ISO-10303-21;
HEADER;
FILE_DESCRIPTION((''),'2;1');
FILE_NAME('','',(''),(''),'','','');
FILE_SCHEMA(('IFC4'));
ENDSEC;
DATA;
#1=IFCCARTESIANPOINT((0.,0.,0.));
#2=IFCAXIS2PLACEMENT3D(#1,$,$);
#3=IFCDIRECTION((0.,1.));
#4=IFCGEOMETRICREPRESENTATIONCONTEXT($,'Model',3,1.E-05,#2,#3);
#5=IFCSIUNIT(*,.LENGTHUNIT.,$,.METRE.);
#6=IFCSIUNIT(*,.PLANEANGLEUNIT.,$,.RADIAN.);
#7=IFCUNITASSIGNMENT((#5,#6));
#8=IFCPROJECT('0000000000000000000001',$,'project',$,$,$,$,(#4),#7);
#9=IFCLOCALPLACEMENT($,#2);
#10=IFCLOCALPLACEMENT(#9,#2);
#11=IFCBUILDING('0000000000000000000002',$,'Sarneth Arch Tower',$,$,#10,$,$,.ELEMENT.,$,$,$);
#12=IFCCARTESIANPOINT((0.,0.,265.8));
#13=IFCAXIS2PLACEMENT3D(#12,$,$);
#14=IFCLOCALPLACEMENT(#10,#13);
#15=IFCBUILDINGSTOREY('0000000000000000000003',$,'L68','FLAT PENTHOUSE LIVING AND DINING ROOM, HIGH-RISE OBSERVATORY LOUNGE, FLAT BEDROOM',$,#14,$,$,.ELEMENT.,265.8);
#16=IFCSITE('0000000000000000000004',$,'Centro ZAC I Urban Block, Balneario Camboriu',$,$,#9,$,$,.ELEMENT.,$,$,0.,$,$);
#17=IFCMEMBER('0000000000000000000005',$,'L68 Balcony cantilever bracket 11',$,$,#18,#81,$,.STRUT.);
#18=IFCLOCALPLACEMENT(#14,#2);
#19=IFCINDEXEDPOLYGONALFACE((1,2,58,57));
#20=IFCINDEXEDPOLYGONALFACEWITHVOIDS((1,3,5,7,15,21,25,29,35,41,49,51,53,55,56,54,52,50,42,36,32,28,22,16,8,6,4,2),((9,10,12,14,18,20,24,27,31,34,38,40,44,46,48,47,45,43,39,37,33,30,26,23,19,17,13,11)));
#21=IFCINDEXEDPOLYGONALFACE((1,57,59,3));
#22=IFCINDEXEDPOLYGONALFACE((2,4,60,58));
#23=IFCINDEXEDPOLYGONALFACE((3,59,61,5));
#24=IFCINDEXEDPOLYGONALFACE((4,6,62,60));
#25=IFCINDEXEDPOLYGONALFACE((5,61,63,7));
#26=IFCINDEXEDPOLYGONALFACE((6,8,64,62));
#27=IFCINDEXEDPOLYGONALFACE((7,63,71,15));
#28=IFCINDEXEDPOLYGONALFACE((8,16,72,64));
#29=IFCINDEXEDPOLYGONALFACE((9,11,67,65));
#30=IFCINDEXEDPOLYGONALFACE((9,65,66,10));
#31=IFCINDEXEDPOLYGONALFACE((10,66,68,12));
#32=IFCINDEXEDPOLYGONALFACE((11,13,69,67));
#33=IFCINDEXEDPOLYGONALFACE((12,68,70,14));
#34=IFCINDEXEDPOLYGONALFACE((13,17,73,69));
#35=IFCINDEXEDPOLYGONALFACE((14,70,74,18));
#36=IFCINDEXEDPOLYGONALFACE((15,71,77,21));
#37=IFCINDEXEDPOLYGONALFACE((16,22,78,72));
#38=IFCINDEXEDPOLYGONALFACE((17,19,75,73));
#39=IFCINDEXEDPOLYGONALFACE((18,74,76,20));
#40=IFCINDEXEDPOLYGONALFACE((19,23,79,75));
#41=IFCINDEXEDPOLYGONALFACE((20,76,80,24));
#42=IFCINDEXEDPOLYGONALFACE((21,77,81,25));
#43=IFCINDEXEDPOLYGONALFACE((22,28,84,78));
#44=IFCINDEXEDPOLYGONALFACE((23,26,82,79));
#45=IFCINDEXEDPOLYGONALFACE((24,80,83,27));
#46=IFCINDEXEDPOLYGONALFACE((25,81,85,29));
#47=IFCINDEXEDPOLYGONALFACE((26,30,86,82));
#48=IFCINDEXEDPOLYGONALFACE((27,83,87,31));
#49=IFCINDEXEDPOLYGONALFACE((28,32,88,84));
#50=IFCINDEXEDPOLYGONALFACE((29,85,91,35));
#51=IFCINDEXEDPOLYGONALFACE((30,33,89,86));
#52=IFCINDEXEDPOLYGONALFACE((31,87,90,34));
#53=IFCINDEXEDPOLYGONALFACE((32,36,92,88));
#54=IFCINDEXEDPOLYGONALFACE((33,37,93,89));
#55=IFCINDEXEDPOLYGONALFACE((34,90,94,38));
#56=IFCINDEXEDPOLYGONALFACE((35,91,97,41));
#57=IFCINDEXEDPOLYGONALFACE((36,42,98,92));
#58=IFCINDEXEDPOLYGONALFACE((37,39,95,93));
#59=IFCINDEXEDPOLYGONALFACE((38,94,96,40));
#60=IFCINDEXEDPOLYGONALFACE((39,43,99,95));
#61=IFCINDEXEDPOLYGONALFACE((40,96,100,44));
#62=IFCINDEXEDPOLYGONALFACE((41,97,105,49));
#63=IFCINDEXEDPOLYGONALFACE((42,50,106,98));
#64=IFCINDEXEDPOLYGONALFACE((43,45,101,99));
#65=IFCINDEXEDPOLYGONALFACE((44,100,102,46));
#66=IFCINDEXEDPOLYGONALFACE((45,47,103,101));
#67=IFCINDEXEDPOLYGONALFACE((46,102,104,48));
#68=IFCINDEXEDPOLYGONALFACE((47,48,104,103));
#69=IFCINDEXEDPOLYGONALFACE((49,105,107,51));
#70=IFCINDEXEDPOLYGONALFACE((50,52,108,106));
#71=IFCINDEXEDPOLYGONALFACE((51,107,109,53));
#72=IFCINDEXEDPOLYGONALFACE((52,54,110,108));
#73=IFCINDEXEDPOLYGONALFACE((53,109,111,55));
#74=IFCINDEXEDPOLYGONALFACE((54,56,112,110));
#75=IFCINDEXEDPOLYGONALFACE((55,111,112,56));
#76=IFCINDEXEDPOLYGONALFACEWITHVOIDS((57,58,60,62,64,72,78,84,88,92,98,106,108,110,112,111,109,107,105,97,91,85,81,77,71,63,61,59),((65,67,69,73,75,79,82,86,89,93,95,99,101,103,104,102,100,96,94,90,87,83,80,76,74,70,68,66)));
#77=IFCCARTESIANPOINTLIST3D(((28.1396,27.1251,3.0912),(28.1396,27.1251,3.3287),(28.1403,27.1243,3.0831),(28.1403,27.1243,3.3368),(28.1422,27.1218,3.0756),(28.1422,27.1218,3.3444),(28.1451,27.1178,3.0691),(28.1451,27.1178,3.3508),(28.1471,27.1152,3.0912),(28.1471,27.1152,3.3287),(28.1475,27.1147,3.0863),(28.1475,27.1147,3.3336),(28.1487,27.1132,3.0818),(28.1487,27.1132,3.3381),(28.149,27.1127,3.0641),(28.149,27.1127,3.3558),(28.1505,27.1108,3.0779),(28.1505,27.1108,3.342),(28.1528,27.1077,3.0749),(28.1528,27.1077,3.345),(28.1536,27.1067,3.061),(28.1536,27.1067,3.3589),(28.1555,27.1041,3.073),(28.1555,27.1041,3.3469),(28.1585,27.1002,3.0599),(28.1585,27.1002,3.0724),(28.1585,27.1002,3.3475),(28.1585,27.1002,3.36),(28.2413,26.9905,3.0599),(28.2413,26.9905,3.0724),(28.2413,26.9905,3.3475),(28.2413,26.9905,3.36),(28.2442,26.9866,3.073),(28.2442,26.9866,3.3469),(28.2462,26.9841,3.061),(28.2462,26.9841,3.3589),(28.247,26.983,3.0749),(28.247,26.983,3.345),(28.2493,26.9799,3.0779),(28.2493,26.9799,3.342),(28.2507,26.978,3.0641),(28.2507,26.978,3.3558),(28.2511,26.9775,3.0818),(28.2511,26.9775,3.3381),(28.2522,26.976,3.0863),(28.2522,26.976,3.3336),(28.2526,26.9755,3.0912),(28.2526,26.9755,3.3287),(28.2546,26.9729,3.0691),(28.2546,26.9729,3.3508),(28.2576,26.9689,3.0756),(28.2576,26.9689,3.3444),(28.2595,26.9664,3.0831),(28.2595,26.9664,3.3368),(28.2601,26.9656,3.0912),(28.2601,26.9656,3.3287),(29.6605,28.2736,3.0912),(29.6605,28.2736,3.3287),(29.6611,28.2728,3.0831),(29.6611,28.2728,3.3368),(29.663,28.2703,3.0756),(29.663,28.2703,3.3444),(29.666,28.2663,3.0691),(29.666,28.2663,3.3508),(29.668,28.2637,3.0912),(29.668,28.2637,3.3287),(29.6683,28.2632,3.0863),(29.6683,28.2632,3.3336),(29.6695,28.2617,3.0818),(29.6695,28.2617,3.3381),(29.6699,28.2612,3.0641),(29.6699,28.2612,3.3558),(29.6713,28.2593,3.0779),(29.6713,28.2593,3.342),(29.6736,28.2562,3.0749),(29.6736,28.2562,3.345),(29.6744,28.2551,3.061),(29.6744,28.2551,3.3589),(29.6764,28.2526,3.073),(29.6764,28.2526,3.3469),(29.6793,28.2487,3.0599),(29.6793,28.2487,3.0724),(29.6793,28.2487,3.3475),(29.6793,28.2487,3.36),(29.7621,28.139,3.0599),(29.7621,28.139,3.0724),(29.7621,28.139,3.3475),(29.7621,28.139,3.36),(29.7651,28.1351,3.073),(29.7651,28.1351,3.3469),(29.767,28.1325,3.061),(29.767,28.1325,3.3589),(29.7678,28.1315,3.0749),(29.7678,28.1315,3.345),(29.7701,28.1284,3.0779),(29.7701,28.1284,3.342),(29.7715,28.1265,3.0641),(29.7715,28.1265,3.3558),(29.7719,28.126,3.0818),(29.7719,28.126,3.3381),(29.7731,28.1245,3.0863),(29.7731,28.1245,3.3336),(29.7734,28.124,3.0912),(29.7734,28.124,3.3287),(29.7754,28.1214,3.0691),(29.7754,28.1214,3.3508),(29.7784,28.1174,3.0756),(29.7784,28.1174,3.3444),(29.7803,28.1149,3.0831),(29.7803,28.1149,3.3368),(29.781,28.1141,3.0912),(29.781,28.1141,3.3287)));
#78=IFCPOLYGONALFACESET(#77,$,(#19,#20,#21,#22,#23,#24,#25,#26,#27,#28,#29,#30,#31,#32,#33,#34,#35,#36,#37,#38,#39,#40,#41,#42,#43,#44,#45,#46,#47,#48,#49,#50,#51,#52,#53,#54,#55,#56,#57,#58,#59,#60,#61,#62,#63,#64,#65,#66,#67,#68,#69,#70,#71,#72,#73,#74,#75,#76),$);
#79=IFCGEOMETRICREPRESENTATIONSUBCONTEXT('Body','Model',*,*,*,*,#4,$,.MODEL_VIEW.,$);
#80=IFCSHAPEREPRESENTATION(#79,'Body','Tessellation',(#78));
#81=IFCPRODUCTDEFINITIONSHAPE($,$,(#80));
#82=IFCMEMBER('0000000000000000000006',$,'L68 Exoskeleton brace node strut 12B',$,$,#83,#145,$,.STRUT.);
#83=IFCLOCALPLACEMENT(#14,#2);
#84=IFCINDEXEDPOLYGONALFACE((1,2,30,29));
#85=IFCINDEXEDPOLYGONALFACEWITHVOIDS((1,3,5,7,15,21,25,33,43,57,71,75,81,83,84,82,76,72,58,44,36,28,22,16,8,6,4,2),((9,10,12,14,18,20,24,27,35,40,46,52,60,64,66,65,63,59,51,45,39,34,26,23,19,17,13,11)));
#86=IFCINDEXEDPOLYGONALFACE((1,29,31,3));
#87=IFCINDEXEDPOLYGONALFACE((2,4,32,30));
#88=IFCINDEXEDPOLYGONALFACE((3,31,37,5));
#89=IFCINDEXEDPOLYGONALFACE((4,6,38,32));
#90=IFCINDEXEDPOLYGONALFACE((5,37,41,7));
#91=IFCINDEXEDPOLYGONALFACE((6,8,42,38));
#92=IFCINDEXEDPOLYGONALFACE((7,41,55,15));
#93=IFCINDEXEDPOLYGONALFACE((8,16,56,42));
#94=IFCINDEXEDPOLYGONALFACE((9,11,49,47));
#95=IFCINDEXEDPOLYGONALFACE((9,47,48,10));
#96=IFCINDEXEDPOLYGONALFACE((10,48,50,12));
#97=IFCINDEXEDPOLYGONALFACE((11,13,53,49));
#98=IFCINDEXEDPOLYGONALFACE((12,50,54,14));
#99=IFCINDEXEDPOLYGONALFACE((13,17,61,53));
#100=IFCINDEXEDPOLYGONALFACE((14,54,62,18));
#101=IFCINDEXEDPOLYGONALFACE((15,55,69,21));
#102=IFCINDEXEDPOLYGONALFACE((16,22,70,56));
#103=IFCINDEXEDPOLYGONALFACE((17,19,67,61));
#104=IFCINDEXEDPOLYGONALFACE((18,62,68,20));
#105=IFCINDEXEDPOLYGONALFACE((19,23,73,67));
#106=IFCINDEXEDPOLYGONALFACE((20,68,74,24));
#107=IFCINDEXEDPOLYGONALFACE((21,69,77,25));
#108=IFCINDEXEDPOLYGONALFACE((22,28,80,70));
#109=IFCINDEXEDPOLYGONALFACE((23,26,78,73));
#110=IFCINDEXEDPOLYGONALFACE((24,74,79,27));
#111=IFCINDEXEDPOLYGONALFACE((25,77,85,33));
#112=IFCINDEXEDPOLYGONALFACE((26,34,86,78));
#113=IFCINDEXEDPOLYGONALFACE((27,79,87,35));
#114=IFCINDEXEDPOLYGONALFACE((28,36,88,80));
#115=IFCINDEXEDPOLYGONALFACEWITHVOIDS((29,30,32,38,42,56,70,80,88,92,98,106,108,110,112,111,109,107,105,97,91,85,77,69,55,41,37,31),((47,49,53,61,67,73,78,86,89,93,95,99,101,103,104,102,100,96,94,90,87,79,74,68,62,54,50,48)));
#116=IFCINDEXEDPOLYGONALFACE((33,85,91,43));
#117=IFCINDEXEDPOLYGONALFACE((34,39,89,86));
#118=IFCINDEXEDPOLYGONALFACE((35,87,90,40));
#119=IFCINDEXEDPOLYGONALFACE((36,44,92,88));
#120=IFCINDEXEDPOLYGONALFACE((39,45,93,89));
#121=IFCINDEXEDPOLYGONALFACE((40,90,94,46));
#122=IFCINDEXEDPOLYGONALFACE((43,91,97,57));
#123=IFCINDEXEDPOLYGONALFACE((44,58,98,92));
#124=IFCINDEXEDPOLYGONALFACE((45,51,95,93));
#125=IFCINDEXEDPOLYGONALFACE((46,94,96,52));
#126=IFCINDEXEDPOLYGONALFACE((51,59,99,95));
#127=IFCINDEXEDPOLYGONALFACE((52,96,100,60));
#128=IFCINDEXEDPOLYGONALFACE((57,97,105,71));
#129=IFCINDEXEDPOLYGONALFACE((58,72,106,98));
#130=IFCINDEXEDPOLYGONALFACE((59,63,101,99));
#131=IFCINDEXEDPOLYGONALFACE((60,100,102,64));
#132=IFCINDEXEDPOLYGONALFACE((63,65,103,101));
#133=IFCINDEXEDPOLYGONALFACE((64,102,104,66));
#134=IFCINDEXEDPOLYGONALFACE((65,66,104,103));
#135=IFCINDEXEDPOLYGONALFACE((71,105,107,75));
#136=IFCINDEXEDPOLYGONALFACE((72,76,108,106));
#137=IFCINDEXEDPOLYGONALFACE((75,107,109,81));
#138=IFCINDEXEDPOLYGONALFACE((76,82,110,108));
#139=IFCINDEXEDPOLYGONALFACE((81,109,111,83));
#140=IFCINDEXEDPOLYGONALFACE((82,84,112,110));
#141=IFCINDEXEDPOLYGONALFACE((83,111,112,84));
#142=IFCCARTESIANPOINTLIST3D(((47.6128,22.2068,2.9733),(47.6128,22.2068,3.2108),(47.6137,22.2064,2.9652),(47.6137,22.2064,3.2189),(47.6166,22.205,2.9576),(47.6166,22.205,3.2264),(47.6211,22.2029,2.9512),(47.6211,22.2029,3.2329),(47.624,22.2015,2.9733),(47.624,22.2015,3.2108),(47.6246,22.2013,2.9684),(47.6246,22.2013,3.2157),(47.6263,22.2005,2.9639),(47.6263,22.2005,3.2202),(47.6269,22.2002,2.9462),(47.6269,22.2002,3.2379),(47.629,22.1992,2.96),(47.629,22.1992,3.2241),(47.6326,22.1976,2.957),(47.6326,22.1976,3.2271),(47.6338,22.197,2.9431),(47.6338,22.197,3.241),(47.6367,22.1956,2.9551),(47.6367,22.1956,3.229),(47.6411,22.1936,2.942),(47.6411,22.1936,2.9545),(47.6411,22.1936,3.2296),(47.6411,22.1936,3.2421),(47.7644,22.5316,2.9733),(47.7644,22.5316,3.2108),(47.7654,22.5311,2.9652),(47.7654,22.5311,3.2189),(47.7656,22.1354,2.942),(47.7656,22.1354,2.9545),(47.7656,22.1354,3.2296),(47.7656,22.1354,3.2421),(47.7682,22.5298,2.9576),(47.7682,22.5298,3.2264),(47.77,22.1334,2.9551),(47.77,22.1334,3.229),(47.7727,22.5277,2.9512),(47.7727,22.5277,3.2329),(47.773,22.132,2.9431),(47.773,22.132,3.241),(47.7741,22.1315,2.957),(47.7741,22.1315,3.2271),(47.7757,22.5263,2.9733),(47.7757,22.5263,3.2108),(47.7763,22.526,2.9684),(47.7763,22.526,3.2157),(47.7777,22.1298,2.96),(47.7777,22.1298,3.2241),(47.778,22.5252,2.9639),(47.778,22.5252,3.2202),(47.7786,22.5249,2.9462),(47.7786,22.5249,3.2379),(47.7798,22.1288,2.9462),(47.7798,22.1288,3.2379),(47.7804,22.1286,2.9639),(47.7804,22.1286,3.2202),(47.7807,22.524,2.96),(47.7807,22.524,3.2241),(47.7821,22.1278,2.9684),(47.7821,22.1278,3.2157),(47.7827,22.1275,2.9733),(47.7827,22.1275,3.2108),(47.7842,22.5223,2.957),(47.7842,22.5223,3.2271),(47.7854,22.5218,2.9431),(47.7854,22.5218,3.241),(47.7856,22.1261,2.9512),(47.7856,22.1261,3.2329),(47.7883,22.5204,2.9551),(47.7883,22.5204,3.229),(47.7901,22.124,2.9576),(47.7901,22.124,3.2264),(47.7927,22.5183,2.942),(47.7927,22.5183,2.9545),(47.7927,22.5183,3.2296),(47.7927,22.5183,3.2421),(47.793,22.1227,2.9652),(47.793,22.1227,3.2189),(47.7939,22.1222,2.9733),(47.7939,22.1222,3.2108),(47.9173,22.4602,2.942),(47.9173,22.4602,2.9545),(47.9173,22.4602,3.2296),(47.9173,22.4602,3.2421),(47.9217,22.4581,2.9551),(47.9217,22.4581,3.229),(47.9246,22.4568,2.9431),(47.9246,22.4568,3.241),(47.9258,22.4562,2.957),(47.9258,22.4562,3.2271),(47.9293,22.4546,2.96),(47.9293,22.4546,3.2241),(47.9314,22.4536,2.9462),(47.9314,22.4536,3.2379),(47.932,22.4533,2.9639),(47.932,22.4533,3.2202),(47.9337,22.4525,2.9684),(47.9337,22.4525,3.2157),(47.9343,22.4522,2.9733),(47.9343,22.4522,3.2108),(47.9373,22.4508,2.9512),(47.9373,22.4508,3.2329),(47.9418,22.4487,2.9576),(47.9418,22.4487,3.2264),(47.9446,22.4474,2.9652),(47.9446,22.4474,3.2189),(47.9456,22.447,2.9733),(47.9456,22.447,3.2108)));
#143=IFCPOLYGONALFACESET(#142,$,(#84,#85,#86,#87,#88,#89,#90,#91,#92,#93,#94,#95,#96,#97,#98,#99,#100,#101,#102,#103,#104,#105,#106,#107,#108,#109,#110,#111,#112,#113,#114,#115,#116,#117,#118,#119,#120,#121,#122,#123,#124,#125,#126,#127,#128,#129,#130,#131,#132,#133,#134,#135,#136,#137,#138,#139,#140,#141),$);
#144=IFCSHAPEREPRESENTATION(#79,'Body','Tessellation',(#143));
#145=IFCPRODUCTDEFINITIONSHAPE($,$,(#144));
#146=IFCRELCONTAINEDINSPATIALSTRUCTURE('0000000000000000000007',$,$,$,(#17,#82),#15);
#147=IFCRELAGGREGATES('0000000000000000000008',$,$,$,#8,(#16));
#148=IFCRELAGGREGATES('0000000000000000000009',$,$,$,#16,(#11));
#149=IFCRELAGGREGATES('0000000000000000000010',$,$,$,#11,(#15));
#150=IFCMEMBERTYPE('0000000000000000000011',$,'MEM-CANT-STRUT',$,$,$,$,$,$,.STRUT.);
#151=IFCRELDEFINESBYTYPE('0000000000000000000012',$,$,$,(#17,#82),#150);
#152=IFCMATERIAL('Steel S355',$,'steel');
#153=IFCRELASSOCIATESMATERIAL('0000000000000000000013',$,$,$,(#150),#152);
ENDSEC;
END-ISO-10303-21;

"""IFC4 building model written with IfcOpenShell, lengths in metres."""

from ifc_helpers import new_model, si_unit, direction, frame, origin, origin_2d, place, context, subcontext, project, spatial, hollow_rectangle, extrude, material, material_profile, profile_set, type_object, element, save


model = new_model("IFC4")

# Units and contexts
model_context = context("Model", 3, precision=1e-05, world=origin(), true_north=direction((0.0, 1.0)))
body_context = subcontext(model_context, "Body", "Model", "MODEL_VIEW")
ifc_project = project(units=[si_unit("LENGTHUNIT", "METRE"), si_unit("PLANEANGLEUNIT", "RADIAN")], contexts=[model_context])

# Site, building, storey
site_placement = place(None, origin())
site = spatial("IfcSite", under=ifc_project, at=site_placement, Name="Centro ZAC I Urban Block, Balneario Camboriu", CompositionType="ELEMENT", RefElevation=0.0)
building_placement = place(site_placement, origin())
building = spatial("IfcBuilding", under=site, at=building_placement, Name="Sarneth Arch Tower", CompositionType="ELEMENT")
storey_placement = place(building_placement, frame((0.0, 0.0, 265.8)))
storey = spatial("IfcBuildingStorey", under=building, at=storey_placement, Name="L68", Description="FLAT PENTHOUSE LIVING AND DINING ROOM, HIGH-RISE OBSERVATORY LOUNGE, FLAT BEDROOM", CompositionType="ELEMENT", Elevation=265.8)

# Members
ifc_material_1 = material(Name="Steel S355", Category="steel")
ifc_material_profile_1 = material_profile(ifc_material_1, hollow_rectangle(XDim=0.2, YDim=0.3, WallThickness=0.0125, InnerFilletRadius=0.0188, OuterFilletRadius=0.0312, at=origin_2d()), Name="RHS300x200x12.5")
ifc_profile_set_1 = profile_set([ifc_material_profile_1], Name="Steel S355")
member_type_1 = type_object("IfcMemberType", Name="MEM-CANT-STRUT", PredefinedType="STRUT", material=ifc_profile_set_1)
member_1_placement = place(storey_placement, frame((29.7207, 28.1938, 3.21), z_axis=(-0.798012, -0.602641, 0.0), x_axis=(0.602641, -0.798012, 0.0)))
element("IfcMember", 1, at=member_1_placement, inside=storey, type_object=member_type_1, Name="L68 Balcony cantilever bracket 11", PredefinedType="STRUT", context=body_context, shape_type="SweptSolid", body=[
    extrude(hollow_rectangle(XDim=0.2, YDim=0.3, WallThickness=0.0125, InnerFilletRadius=0.0188, OuterFilletRadius=0.0312, at=origin_2d()), origin(), (0.0, 0.0, 1.0), 1.9058),
])
member_2_placement = place(storey_placement, frame((47.855, 22.4893, 3.092), z_axis=(-0.423072, -0.906096, 0.0), x_axis=(0.906096, -0.423072, 0.0)))
element("IfcMember", 2, at=member_2_placement, inside=storey, type_object=member_type_1, Name="L68 Exoskeleton brace node strut 12B", PredefinedType="STRUT", context=body_context, shape_type="SweptSolid", body=[
    extrude(hollow_rectangle(XDim=0.2, YDim=0.3, WallThickness=0.0125, InnerFilletRadius=0.0188, OuterFilletRadius=0.0312, at=origin_2d()), origin(), (0.0, 0.0, 1.0), 0.3584),
])

save(model, "model.ifc")
